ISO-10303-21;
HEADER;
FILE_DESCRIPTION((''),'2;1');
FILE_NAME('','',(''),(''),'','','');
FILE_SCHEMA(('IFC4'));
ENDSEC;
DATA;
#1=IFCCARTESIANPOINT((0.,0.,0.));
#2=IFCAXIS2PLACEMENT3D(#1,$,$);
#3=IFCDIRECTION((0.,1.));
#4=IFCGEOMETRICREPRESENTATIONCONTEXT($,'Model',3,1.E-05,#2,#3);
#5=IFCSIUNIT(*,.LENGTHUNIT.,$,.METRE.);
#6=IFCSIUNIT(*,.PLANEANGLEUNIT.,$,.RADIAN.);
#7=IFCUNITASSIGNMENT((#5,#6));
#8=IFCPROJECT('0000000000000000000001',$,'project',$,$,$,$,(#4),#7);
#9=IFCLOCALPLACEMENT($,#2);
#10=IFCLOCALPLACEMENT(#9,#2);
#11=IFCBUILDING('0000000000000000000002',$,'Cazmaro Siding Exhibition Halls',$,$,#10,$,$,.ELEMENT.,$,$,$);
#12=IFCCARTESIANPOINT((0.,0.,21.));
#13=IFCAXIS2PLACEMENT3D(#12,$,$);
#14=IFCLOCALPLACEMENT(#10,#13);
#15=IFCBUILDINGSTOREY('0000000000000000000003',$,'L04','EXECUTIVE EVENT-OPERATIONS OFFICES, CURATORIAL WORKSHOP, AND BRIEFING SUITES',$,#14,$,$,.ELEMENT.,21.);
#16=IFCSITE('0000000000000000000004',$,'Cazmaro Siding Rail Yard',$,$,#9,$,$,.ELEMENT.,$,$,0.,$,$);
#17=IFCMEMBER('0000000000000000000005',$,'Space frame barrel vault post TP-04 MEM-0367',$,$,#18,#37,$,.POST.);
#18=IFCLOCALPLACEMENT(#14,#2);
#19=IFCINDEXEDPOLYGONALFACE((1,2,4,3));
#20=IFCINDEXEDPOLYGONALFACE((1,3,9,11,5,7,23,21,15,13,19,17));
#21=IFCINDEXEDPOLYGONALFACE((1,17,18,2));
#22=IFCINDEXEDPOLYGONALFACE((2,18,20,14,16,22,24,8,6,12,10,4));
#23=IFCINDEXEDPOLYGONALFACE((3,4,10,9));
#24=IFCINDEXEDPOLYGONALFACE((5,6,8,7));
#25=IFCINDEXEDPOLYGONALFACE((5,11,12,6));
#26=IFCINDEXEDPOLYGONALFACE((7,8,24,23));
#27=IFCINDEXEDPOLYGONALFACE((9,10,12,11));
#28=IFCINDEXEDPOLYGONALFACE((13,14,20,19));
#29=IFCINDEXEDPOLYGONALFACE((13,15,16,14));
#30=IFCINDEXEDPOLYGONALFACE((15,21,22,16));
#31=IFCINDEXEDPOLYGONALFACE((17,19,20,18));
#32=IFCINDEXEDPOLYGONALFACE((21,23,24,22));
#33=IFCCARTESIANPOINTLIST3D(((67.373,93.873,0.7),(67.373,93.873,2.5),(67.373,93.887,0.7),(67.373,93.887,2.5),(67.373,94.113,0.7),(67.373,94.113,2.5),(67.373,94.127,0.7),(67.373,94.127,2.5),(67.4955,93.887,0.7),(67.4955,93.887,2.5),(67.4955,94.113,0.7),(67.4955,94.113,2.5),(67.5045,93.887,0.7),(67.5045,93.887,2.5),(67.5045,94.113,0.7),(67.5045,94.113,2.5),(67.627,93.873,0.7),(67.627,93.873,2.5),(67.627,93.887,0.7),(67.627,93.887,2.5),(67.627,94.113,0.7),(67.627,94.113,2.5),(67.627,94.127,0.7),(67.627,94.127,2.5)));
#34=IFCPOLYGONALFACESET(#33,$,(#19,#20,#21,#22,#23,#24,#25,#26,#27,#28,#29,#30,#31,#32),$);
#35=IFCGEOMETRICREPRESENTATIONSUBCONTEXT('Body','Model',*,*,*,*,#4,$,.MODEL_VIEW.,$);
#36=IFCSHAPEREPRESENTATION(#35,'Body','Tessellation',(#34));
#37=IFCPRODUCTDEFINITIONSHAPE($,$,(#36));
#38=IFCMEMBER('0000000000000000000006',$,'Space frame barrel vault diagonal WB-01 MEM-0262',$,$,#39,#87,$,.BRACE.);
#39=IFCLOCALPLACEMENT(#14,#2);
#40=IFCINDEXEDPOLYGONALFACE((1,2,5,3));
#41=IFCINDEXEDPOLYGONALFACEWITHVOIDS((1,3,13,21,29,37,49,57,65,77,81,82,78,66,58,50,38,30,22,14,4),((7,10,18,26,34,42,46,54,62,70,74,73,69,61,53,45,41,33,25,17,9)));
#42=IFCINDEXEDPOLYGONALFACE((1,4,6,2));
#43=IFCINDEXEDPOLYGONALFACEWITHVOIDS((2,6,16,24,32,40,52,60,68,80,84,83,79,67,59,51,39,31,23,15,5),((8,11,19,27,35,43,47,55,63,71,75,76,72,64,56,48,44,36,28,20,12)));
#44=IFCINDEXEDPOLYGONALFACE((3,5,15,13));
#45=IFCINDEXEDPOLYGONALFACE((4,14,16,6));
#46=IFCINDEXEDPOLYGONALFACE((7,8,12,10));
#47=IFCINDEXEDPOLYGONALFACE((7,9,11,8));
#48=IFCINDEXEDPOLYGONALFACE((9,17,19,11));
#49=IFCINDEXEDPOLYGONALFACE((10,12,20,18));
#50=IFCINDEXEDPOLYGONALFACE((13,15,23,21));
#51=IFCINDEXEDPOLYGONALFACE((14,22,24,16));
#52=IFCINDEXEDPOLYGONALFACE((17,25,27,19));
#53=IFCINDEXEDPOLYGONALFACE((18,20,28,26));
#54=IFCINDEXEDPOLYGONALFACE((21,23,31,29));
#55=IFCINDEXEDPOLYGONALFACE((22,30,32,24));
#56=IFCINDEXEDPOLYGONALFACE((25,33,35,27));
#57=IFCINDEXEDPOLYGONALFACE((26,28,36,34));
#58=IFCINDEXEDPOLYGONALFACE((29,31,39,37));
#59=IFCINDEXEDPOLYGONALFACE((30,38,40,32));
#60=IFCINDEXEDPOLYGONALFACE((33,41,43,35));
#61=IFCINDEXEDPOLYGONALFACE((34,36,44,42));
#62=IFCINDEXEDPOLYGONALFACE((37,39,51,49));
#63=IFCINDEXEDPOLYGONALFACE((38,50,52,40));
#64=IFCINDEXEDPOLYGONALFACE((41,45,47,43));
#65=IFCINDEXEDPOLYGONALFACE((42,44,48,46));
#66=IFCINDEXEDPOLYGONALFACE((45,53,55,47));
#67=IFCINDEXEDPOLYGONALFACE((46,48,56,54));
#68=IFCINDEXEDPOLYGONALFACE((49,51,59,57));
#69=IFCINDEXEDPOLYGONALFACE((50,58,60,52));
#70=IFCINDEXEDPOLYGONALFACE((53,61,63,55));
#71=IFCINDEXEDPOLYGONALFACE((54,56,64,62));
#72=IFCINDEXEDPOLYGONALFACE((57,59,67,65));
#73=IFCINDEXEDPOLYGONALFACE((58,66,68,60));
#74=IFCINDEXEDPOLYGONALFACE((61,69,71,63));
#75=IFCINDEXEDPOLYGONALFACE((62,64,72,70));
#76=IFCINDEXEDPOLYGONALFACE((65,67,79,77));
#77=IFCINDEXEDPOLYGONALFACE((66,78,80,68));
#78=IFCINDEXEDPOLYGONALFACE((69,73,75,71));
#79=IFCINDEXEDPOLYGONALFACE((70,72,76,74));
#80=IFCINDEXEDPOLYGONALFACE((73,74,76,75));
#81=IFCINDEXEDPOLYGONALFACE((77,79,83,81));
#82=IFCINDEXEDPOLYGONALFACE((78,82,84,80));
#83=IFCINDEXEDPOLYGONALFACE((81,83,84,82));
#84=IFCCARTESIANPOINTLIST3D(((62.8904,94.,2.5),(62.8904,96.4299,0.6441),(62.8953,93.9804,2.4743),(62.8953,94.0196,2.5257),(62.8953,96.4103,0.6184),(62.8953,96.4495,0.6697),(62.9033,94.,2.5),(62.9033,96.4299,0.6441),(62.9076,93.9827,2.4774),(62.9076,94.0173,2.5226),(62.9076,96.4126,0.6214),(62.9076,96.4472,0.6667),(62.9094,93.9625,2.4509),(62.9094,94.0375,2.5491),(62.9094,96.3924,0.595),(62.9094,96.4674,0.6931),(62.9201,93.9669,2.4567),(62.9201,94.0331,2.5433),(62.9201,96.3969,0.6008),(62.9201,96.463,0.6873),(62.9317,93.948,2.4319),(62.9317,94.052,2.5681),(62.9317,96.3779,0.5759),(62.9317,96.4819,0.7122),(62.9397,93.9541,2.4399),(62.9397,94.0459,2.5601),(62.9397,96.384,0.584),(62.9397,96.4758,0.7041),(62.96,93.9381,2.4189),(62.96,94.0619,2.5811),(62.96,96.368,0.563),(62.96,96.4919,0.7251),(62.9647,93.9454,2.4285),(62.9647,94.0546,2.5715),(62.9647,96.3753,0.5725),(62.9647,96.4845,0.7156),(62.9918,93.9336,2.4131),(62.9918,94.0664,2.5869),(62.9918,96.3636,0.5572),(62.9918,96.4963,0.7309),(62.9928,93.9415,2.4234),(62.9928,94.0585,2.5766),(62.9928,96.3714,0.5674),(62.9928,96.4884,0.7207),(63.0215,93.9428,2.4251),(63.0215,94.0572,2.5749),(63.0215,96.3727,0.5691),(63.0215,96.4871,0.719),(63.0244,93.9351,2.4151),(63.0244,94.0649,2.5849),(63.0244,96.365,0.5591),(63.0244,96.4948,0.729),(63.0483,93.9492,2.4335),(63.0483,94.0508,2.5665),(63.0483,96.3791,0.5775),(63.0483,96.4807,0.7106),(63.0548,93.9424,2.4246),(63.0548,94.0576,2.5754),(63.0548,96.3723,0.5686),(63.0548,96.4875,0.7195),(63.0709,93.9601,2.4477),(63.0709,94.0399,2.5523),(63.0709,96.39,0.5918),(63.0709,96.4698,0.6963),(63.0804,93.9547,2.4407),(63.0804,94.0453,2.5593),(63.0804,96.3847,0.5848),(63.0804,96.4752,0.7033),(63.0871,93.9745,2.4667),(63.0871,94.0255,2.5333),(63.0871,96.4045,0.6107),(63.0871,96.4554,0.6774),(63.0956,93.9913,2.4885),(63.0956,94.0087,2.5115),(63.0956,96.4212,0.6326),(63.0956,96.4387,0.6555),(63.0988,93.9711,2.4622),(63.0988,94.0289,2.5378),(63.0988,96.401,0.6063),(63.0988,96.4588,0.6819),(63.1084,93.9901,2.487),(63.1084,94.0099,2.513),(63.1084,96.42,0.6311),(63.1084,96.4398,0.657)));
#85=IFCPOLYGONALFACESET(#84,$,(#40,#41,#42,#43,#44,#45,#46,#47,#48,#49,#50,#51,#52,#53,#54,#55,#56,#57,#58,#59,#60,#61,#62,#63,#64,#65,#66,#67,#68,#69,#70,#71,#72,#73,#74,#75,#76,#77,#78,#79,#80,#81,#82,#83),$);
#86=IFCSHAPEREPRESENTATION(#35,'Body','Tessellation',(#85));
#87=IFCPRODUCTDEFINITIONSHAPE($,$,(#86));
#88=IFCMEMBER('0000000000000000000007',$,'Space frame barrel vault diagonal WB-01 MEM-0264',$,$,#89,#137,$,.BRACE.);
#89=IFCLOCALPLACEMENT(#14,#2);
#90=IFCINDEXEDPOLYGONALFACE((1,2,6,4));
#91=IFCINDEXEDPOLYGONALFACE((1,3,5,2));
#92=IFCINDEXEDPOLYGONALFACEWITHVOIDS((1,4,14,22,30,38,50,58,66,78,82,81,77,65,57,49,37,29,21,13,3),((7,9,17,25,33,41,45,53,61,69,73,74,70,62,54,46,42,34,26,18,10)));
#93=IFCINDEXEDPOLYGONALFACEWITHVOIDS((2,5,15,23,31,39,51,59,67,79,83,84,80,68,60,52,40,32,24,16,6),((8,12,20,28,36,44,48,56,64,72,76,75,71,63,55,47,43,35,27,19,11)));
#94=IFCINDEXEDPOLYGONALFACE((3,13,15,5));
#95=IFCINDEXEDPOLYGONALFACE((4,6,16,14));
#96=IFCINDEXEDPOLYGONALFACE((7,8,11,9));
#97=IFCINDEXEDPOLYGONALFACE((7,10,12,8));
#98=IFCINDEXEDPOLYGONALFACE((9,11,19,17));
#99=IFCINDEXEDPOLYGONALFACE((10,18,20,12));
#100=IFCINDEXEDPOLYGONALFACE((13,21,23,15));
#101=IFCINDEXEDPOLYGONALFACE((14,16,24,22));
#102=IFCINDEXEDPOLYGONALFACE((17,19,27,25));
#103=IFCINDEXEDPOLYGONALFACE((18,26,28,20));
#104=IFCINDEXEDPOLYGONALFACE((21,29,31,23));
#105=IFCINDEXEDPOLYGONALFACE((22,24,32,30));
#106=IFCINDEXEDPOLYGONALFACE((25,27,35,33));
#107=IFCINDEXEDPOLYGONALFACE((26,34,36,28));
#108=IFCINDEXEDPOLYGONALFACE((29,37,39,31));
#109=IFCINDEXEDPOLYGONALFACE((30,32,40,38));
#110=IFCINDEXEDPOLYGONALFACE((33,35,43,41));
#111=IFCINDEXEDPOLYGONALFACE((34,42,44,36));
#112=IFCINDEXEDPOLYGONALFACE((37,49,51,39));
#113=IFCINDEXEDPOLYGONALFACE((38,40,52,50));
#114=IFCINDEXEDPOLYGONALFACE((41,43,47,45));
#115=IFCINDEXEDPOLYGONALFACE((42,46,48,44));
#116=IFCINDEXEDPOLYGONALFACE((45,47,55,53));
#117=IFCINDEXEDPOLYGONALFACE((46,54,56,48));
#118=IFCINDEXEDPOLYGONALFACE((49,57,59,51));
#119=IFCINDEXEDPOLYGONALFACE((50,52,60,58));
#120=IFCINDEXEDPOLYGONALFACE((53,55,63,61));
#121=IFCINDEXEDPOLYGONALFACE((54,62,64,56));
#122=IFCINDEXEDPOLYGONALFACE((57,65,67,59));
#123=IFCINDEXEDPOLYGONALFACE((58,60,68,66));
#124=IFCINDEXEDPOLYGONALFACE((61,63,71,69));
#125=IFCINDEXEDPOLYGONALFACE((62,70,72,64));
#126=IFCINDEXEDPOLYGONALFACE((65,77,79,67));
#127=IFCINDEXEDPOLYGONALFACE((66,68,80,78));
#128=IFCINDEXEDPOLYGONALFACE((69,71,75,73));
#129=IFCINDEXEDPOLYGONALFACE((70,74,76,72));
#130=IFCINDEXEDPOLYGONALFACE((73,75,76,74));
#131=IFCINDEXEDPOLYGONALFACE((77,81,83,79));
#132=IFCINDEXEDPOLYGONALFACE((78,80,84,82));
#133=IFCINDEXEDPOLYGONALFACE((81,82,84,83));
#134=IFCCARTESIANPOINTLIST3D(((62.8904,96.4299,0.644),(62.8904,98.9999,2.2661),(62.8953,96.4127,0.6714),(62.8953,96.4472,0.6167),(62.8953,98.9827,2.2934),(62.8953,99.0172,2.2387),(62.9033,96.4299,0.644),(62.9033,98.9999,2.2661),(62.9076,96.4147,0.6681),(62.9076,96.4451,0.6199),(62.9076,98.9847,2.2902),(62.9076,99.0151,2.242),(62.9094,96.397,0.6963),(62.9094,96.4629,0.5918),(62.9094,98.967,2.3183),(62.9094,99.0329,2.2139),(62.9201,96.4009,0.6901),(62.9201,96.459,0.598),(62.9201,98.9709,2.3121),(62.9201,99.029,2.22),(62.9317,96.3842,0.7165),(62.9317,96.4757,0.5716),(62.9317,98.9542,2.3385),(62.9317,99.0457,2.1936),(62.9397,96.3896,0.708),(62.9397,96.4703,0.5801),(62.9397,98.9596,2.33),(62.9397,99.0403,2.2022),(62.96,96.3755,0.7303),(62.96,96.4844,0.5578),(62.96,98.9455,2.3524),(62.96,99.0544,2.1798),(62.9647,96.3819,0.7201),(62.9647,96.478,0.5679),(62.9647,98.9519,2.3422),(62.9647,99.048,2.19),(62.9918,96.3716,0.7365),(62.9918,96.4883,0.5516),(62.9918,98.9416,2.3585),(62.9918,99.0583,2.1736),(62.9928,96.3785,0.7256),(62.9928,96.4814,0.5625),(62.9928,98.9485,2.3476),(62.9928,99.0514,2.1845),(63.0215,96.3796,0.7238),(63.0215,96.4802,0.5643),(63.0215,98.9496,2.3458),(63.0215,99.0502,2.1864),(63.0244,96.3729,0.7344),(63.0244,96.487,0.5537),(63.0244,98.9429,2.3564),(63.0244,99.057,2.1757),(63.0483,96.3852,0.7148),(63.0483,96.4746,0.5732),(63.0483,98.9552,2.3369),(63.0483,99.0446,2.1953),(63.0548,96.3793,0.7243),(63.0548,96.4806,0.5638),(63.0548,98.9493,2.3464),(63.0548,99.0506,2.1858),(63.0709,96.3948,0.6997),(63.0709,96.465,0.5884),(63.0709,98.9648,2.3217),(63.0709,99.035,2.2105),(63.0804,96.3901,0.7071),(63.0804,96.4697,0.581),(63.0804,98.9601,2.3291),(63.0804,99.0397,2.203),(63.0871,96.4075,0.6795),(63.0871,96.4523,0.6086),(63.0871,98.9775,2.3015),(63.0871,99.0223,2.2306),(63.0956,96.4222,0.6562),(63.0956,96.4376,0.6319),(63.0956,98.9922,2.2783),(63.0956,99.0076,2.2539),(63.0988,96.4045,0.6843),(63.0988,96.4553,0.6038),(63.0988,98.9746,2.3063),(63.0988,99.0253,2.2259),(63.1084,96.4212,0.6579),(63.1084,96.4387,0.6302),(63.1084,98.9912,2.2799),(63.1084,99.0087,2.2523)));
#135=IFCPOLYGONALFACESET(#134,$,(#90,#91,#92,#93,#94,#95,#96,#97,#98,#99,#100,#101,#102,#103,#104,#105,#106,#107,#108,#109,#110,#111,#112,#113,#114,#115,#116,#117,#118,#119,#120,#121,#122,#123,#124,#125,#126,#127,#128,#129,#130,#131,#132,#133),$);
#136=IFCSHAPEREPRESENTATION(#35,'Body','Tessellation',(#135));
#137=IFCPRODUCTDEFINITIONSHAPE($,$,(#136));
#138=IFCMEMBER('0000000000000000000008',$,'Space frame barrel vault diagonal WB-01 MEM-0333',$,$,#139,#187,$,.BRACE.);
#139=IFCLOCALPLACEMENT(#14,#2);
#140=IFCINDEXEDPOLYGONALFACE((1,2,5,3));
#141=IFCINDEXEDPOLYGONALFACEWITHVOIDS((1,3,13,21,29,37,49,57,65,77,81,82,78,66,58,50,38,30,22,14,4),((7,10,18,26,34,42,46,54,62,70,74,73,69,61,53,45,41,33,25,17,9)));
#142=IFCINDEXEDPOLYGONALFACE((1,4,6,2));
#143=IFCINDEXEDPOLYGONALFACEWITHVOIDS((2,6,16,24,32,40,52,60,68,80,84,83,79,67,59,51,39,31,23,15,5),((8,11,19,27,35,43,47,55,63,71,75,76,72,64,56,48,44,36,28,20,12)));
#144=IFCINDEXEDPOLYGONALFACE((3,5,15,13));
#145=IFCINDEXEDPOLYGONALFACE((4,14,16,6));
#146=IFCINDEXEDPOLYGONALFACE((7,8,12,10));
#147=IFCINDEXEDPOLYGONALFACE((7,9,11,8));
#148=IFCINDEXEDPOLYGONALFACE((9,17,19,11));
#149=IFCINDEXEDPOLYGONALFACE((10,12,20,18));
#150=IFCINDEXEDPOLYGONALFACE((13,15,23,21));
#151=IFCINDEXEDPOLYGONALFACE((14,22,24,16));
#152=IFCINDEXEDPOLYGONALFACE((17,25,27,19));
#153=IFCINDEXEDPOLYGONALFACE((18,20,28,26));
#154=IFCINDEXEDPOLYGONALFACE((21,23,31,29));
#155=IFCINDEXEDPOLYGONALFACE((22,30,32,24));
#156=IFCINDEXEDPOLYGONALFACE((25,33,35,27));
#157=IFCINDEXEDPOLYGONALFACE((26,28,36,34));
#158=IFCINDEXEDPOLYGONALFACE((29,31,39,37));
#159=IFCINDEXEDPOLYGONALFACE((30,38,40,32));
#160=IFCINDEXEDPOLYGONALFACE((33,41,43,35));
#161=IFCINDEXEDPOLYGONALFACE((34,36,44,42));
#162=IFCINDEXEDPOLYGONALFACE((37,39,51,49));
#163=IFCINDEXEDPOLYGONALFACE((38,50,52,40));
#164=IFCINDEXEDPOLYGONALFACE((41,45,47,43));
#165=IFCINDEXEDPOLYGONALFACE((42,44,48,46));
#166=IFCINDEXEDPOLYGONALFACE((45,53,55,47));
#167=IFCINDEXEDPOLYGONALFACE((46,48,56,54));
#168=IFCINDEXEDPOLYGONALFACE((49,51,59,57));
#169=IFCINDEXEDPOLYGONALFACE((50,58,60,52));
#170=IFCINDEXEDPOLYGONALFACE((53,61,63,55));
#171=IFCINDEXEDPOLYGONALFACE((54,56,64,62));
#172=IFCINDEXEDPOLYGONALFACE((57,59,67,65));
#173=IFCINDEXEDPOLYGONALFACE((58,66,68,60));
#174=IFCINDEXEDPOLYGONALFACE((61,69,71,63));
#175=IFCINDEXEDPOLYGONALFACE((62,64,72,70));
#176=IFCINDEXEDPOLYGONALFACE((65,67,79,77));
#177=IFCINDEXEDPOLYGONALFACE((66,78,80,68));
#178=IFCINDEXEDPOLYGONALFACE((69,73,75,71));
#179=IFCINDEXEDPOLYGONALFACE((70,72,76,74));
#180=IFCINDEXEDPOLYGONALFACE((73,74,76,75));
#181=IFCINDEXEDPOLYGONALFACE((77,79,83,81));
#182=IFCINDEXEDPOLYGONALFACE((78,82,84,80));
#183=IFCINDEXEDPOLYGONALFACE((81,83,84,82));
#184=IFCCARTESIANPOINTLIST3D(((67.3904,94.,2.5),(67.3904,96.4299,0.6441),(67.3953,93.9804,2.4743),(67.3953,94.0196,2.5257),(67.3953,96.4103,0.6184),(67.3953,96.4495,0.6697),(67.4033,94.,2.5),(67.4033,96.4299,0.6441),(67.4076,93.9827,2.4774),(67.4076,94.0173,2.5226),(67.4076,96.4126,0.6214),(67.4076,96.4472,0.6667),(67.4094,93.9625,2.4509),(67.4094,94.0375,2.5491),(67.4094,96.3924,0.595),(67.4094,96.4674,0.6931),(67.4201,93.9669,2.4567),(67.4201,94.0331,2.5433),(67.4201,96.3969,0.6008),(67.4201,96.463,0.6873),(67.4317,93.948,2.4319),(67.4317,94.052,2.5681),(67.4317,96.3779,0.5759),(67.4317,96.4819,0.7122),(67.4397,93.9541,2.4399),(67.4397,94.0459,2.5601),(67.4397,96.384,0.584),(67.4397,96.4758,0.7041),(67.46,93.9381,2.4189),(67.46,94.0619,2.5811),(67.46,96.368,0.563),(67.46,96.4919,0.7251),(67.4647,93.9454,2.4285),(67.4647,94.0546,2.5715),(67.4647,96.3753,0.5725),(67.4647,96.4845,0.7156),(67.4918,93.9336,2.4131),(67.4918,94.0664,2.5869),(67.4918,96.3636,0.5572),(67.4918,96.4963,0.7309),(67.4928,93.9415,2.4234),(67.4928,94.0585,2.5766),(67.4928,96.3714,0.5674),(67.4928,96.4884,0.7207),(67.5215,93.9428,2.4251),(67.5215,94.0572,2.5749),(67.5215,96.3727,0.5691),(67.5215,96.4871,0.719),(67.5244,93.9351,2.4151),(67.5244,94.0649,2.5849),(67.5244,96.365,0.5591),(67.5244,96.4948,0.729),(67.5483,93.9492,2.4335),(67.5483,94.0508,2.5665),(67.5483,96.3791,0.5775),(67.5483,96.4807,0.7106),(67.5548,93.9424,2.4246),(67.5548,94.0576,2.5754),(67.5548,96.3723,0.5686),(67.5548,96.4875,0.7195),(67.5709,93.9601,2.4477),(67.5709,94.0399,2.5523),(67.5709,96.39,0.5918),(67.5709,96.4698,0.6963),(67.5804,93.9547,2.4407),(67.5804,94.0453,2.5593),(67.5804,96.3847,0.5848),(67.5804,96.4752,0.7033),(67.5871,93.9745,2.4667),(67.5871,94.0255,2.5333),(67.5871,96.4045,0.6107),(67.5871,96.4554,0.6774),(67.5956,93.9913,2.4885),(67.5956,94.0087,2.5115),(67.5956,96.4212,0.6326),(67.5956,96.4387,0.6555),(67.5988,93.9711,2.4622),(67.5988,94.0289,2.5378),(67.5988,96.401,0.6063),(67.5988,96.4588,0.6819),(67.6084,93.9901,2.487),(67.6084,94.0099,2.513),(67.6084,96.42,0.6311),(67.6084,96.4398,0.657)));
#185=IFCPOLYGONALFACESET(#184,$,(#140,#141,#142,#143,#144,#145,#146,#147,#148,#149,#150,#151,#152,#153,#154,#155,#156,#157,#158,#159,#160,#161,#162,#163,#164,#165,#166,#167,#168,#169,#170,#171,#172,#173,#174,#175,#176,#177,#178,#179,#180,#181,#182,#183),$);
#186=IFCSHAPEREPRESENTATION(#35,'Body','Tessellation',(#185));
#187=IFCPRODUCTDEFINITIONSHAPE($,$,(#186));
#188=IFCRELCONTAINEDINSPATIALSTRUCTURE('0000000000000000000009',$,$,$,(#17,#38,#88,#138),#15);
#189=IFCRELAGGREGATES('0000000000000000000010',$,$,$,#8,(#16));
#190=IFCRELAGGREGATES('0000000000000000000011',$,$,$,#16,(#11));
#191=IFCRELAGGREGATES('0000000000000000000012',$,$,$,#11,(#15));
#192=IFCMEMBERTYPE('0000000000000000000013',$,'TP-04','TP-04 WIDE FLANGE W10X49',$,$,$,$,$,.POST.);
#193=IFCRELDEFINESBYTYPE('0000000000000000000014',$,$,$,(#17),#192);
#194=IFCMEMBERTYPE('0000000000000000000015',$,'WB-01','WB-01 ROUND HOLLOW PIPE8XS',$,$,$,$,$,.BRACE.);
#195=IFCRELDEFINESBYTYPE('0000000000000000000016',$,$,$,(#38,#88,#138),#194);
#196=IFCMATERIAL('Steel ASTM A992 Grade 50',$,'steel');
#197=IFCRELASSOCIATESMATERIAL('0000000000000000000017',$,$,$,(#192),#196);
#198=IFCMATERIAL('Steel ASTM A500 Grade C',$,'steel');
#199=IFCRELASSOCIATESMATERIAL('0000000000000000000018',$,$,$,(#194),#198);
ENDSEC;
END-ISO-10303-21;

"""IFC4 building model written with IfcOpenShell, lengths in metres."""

from ifc_helpers import new_model, si_unit, direction, frame, origin, origin_2d, place, context, subcontext, project, spatial, hollow_circle, i_section, extrude, material, material_profile, profile_set, type_object, element, save


model = new_model("IFC4")

# Units and contexts
model_context = context("Model", 3, precision=1e-05, world=origin(), true_north=direction((0.0, 1.0)))
body_context = subcontext(model_context, "Body", "Model", "MODEL_VIEW")
ifc_project = project(units=[si_unit("LENGTHUNIT", "METRE"), si_unit("PLANEANGLEUNIT", "RADIAN")], contexts=[model_context])

# Site, building, storey
site_placement = place(None, origin())
site = spatial("IfcSite", under=ifc_project, at=site_placement, Name="Cazmaro Siding Rail Yard", CompositionType="ELEMENT", RefElevation=0.0)
building_placement = place(site_placement, origin())
building = spatial("IfcBuilding", under=site, at=building_placement, Name="Cazmaro Siding Exhibition Halls", CompositionType="ELEMENT")
storey_placement = place(building_placement, frame((0.0, 0.0, 21.0)))
storey = spatial("IfcBuildingStorey", under=building, at=storey_placement, Name="L04", Description="EXECUTIVE EVENT-OPERATIONS OFFICES, CURATORIAL WORKSHOP, AND BRIEFING SUITES", CompositionType="ELEMENT", Elevation=21.0)

# Members
ifc_material_1 = material(Name="Steel ASTM A992 Grade 50", Category="steel")
ifc_material_profile_1 = material_profile(ifc_material_1, i_section(OverallWidth=0.2539, OverallDepth=0.2539, WebThickness=0.009, FlangeThickness=0.0139, at=origin_2d()), Name="W10X49")
ifc_profile_set_1 = profile_set([ifc_material_profile_1], Name="Steel ASTM A992 Grade 50")
member_type_1 = type_object("IfcMemberType", Name="TP-04", Description="TP-04 WIDE FLANGE W10X49", PredefinedType="POST", material=ifc_profile_set_1)
member_1_placement = place(storey_placement, frame((67.5, 94.0, 0.7), z_axis=(0.0, 0.0, 1.0), x_axis=(1.0, 0.0, 0.0)))
element("IfcMember", 1, at=member_1_placement, inside=storey, type_object=member_type_1, Name="Space frame barrel vault post TP-04 MEM-0367", PredefinedType="POST", context=body_context, shape_type="SweptSolid", body=[
    extrude(i_section(OverallWidth=0.2539, OverallDepth=0.2539, WebThickness=0.009, FlangeThickness=0.0139, at=origin_2d()), origin(), (0.0, 0.0, 1.0), 1.8),
])
ifc_material_2 = material(Name="Steel ASTM A500 Grade C", Category="steel")
ifc_material_profile_2 = material_profile(ifc_material_2, hollow_circle(Radius=0.1096, WallThickness=0.0129, at=origin_2d()), Name="PIPE8XS")
ifc_profile_set_2 = profile_set([ifc_material_profile_2], Name="Steel ASTM A500 Grade C")
member_type_2 = type_object("IfcMemberType", Name="WB-01", Description="WB-01 ROUND HOLLOW PIPE8XS", PredefinedType="BRACE", material=ifc_profile_set_2)
member_2_placement = place(storey_placement, frame((63.0, 94.0, 2.5), z_axis=(0.0, 0.794709, -0.606991), x_axis=(-1.0, 0.0, 0.0)))
element("IfcMember", 2, at=member_2_placement, inside=storey, type_object=member_type_2, Name="Space frame barrel vault diagonal WB-01 MEM-0262", PredefinedType="BRACE", context=body_context, shape_type="SweptSolid", body=[
    extrude(hollow_circle(Radius=0.1096, WallThickness=0.0129, at=origin_2d()), origin(), (0.0, 0.0, 1.0), 3.0576),
])
member_3_placement = place(storey_placement, frame((63.0, 96.4299, 0.644), z_axis=(0.0, 0.845657, 0.533727), x_axis=(-1.0, 0.0, 0.0)))
element("IfcMember", 3, at=member_3_placement, inside=storey, type_object=member_type_2, Name="Space frame barrel vault diagonal WB-01 MEM-0264", PredefinedType="BRACE", context=body_context, shape_type="SweptSolid", body=[
    extrude(hollow_circle(Radius=0.1096, WallThickness=0.0129, at=origin_2d()), origin(), (0.0, 0.0, 1.0), 3.0391),
])
member_4_placement = place(storey_placement, frame((67.5, 94.0, 2.5), z_axis=(0.0, 0.794709, -0.606991), x_axis=(-1.0, 0.0, 0.0)))
element("IfcMember", 4, at=member_4_placement, inside=storey, type_object=member_type_2, Name="Space frame barrel vault diagonal WB-01 MEM-0333", PredefinedType="BRACE", context=body_context, shape_type="SweptSolid", body=[
    extrude(hollow_circle(Radius=0.1096, WallThickness=0.0129, at=origin_2d()), origin(), (0.0, 0.0, 1.0), 3.0576),
])

save(model, "model.ifc")
